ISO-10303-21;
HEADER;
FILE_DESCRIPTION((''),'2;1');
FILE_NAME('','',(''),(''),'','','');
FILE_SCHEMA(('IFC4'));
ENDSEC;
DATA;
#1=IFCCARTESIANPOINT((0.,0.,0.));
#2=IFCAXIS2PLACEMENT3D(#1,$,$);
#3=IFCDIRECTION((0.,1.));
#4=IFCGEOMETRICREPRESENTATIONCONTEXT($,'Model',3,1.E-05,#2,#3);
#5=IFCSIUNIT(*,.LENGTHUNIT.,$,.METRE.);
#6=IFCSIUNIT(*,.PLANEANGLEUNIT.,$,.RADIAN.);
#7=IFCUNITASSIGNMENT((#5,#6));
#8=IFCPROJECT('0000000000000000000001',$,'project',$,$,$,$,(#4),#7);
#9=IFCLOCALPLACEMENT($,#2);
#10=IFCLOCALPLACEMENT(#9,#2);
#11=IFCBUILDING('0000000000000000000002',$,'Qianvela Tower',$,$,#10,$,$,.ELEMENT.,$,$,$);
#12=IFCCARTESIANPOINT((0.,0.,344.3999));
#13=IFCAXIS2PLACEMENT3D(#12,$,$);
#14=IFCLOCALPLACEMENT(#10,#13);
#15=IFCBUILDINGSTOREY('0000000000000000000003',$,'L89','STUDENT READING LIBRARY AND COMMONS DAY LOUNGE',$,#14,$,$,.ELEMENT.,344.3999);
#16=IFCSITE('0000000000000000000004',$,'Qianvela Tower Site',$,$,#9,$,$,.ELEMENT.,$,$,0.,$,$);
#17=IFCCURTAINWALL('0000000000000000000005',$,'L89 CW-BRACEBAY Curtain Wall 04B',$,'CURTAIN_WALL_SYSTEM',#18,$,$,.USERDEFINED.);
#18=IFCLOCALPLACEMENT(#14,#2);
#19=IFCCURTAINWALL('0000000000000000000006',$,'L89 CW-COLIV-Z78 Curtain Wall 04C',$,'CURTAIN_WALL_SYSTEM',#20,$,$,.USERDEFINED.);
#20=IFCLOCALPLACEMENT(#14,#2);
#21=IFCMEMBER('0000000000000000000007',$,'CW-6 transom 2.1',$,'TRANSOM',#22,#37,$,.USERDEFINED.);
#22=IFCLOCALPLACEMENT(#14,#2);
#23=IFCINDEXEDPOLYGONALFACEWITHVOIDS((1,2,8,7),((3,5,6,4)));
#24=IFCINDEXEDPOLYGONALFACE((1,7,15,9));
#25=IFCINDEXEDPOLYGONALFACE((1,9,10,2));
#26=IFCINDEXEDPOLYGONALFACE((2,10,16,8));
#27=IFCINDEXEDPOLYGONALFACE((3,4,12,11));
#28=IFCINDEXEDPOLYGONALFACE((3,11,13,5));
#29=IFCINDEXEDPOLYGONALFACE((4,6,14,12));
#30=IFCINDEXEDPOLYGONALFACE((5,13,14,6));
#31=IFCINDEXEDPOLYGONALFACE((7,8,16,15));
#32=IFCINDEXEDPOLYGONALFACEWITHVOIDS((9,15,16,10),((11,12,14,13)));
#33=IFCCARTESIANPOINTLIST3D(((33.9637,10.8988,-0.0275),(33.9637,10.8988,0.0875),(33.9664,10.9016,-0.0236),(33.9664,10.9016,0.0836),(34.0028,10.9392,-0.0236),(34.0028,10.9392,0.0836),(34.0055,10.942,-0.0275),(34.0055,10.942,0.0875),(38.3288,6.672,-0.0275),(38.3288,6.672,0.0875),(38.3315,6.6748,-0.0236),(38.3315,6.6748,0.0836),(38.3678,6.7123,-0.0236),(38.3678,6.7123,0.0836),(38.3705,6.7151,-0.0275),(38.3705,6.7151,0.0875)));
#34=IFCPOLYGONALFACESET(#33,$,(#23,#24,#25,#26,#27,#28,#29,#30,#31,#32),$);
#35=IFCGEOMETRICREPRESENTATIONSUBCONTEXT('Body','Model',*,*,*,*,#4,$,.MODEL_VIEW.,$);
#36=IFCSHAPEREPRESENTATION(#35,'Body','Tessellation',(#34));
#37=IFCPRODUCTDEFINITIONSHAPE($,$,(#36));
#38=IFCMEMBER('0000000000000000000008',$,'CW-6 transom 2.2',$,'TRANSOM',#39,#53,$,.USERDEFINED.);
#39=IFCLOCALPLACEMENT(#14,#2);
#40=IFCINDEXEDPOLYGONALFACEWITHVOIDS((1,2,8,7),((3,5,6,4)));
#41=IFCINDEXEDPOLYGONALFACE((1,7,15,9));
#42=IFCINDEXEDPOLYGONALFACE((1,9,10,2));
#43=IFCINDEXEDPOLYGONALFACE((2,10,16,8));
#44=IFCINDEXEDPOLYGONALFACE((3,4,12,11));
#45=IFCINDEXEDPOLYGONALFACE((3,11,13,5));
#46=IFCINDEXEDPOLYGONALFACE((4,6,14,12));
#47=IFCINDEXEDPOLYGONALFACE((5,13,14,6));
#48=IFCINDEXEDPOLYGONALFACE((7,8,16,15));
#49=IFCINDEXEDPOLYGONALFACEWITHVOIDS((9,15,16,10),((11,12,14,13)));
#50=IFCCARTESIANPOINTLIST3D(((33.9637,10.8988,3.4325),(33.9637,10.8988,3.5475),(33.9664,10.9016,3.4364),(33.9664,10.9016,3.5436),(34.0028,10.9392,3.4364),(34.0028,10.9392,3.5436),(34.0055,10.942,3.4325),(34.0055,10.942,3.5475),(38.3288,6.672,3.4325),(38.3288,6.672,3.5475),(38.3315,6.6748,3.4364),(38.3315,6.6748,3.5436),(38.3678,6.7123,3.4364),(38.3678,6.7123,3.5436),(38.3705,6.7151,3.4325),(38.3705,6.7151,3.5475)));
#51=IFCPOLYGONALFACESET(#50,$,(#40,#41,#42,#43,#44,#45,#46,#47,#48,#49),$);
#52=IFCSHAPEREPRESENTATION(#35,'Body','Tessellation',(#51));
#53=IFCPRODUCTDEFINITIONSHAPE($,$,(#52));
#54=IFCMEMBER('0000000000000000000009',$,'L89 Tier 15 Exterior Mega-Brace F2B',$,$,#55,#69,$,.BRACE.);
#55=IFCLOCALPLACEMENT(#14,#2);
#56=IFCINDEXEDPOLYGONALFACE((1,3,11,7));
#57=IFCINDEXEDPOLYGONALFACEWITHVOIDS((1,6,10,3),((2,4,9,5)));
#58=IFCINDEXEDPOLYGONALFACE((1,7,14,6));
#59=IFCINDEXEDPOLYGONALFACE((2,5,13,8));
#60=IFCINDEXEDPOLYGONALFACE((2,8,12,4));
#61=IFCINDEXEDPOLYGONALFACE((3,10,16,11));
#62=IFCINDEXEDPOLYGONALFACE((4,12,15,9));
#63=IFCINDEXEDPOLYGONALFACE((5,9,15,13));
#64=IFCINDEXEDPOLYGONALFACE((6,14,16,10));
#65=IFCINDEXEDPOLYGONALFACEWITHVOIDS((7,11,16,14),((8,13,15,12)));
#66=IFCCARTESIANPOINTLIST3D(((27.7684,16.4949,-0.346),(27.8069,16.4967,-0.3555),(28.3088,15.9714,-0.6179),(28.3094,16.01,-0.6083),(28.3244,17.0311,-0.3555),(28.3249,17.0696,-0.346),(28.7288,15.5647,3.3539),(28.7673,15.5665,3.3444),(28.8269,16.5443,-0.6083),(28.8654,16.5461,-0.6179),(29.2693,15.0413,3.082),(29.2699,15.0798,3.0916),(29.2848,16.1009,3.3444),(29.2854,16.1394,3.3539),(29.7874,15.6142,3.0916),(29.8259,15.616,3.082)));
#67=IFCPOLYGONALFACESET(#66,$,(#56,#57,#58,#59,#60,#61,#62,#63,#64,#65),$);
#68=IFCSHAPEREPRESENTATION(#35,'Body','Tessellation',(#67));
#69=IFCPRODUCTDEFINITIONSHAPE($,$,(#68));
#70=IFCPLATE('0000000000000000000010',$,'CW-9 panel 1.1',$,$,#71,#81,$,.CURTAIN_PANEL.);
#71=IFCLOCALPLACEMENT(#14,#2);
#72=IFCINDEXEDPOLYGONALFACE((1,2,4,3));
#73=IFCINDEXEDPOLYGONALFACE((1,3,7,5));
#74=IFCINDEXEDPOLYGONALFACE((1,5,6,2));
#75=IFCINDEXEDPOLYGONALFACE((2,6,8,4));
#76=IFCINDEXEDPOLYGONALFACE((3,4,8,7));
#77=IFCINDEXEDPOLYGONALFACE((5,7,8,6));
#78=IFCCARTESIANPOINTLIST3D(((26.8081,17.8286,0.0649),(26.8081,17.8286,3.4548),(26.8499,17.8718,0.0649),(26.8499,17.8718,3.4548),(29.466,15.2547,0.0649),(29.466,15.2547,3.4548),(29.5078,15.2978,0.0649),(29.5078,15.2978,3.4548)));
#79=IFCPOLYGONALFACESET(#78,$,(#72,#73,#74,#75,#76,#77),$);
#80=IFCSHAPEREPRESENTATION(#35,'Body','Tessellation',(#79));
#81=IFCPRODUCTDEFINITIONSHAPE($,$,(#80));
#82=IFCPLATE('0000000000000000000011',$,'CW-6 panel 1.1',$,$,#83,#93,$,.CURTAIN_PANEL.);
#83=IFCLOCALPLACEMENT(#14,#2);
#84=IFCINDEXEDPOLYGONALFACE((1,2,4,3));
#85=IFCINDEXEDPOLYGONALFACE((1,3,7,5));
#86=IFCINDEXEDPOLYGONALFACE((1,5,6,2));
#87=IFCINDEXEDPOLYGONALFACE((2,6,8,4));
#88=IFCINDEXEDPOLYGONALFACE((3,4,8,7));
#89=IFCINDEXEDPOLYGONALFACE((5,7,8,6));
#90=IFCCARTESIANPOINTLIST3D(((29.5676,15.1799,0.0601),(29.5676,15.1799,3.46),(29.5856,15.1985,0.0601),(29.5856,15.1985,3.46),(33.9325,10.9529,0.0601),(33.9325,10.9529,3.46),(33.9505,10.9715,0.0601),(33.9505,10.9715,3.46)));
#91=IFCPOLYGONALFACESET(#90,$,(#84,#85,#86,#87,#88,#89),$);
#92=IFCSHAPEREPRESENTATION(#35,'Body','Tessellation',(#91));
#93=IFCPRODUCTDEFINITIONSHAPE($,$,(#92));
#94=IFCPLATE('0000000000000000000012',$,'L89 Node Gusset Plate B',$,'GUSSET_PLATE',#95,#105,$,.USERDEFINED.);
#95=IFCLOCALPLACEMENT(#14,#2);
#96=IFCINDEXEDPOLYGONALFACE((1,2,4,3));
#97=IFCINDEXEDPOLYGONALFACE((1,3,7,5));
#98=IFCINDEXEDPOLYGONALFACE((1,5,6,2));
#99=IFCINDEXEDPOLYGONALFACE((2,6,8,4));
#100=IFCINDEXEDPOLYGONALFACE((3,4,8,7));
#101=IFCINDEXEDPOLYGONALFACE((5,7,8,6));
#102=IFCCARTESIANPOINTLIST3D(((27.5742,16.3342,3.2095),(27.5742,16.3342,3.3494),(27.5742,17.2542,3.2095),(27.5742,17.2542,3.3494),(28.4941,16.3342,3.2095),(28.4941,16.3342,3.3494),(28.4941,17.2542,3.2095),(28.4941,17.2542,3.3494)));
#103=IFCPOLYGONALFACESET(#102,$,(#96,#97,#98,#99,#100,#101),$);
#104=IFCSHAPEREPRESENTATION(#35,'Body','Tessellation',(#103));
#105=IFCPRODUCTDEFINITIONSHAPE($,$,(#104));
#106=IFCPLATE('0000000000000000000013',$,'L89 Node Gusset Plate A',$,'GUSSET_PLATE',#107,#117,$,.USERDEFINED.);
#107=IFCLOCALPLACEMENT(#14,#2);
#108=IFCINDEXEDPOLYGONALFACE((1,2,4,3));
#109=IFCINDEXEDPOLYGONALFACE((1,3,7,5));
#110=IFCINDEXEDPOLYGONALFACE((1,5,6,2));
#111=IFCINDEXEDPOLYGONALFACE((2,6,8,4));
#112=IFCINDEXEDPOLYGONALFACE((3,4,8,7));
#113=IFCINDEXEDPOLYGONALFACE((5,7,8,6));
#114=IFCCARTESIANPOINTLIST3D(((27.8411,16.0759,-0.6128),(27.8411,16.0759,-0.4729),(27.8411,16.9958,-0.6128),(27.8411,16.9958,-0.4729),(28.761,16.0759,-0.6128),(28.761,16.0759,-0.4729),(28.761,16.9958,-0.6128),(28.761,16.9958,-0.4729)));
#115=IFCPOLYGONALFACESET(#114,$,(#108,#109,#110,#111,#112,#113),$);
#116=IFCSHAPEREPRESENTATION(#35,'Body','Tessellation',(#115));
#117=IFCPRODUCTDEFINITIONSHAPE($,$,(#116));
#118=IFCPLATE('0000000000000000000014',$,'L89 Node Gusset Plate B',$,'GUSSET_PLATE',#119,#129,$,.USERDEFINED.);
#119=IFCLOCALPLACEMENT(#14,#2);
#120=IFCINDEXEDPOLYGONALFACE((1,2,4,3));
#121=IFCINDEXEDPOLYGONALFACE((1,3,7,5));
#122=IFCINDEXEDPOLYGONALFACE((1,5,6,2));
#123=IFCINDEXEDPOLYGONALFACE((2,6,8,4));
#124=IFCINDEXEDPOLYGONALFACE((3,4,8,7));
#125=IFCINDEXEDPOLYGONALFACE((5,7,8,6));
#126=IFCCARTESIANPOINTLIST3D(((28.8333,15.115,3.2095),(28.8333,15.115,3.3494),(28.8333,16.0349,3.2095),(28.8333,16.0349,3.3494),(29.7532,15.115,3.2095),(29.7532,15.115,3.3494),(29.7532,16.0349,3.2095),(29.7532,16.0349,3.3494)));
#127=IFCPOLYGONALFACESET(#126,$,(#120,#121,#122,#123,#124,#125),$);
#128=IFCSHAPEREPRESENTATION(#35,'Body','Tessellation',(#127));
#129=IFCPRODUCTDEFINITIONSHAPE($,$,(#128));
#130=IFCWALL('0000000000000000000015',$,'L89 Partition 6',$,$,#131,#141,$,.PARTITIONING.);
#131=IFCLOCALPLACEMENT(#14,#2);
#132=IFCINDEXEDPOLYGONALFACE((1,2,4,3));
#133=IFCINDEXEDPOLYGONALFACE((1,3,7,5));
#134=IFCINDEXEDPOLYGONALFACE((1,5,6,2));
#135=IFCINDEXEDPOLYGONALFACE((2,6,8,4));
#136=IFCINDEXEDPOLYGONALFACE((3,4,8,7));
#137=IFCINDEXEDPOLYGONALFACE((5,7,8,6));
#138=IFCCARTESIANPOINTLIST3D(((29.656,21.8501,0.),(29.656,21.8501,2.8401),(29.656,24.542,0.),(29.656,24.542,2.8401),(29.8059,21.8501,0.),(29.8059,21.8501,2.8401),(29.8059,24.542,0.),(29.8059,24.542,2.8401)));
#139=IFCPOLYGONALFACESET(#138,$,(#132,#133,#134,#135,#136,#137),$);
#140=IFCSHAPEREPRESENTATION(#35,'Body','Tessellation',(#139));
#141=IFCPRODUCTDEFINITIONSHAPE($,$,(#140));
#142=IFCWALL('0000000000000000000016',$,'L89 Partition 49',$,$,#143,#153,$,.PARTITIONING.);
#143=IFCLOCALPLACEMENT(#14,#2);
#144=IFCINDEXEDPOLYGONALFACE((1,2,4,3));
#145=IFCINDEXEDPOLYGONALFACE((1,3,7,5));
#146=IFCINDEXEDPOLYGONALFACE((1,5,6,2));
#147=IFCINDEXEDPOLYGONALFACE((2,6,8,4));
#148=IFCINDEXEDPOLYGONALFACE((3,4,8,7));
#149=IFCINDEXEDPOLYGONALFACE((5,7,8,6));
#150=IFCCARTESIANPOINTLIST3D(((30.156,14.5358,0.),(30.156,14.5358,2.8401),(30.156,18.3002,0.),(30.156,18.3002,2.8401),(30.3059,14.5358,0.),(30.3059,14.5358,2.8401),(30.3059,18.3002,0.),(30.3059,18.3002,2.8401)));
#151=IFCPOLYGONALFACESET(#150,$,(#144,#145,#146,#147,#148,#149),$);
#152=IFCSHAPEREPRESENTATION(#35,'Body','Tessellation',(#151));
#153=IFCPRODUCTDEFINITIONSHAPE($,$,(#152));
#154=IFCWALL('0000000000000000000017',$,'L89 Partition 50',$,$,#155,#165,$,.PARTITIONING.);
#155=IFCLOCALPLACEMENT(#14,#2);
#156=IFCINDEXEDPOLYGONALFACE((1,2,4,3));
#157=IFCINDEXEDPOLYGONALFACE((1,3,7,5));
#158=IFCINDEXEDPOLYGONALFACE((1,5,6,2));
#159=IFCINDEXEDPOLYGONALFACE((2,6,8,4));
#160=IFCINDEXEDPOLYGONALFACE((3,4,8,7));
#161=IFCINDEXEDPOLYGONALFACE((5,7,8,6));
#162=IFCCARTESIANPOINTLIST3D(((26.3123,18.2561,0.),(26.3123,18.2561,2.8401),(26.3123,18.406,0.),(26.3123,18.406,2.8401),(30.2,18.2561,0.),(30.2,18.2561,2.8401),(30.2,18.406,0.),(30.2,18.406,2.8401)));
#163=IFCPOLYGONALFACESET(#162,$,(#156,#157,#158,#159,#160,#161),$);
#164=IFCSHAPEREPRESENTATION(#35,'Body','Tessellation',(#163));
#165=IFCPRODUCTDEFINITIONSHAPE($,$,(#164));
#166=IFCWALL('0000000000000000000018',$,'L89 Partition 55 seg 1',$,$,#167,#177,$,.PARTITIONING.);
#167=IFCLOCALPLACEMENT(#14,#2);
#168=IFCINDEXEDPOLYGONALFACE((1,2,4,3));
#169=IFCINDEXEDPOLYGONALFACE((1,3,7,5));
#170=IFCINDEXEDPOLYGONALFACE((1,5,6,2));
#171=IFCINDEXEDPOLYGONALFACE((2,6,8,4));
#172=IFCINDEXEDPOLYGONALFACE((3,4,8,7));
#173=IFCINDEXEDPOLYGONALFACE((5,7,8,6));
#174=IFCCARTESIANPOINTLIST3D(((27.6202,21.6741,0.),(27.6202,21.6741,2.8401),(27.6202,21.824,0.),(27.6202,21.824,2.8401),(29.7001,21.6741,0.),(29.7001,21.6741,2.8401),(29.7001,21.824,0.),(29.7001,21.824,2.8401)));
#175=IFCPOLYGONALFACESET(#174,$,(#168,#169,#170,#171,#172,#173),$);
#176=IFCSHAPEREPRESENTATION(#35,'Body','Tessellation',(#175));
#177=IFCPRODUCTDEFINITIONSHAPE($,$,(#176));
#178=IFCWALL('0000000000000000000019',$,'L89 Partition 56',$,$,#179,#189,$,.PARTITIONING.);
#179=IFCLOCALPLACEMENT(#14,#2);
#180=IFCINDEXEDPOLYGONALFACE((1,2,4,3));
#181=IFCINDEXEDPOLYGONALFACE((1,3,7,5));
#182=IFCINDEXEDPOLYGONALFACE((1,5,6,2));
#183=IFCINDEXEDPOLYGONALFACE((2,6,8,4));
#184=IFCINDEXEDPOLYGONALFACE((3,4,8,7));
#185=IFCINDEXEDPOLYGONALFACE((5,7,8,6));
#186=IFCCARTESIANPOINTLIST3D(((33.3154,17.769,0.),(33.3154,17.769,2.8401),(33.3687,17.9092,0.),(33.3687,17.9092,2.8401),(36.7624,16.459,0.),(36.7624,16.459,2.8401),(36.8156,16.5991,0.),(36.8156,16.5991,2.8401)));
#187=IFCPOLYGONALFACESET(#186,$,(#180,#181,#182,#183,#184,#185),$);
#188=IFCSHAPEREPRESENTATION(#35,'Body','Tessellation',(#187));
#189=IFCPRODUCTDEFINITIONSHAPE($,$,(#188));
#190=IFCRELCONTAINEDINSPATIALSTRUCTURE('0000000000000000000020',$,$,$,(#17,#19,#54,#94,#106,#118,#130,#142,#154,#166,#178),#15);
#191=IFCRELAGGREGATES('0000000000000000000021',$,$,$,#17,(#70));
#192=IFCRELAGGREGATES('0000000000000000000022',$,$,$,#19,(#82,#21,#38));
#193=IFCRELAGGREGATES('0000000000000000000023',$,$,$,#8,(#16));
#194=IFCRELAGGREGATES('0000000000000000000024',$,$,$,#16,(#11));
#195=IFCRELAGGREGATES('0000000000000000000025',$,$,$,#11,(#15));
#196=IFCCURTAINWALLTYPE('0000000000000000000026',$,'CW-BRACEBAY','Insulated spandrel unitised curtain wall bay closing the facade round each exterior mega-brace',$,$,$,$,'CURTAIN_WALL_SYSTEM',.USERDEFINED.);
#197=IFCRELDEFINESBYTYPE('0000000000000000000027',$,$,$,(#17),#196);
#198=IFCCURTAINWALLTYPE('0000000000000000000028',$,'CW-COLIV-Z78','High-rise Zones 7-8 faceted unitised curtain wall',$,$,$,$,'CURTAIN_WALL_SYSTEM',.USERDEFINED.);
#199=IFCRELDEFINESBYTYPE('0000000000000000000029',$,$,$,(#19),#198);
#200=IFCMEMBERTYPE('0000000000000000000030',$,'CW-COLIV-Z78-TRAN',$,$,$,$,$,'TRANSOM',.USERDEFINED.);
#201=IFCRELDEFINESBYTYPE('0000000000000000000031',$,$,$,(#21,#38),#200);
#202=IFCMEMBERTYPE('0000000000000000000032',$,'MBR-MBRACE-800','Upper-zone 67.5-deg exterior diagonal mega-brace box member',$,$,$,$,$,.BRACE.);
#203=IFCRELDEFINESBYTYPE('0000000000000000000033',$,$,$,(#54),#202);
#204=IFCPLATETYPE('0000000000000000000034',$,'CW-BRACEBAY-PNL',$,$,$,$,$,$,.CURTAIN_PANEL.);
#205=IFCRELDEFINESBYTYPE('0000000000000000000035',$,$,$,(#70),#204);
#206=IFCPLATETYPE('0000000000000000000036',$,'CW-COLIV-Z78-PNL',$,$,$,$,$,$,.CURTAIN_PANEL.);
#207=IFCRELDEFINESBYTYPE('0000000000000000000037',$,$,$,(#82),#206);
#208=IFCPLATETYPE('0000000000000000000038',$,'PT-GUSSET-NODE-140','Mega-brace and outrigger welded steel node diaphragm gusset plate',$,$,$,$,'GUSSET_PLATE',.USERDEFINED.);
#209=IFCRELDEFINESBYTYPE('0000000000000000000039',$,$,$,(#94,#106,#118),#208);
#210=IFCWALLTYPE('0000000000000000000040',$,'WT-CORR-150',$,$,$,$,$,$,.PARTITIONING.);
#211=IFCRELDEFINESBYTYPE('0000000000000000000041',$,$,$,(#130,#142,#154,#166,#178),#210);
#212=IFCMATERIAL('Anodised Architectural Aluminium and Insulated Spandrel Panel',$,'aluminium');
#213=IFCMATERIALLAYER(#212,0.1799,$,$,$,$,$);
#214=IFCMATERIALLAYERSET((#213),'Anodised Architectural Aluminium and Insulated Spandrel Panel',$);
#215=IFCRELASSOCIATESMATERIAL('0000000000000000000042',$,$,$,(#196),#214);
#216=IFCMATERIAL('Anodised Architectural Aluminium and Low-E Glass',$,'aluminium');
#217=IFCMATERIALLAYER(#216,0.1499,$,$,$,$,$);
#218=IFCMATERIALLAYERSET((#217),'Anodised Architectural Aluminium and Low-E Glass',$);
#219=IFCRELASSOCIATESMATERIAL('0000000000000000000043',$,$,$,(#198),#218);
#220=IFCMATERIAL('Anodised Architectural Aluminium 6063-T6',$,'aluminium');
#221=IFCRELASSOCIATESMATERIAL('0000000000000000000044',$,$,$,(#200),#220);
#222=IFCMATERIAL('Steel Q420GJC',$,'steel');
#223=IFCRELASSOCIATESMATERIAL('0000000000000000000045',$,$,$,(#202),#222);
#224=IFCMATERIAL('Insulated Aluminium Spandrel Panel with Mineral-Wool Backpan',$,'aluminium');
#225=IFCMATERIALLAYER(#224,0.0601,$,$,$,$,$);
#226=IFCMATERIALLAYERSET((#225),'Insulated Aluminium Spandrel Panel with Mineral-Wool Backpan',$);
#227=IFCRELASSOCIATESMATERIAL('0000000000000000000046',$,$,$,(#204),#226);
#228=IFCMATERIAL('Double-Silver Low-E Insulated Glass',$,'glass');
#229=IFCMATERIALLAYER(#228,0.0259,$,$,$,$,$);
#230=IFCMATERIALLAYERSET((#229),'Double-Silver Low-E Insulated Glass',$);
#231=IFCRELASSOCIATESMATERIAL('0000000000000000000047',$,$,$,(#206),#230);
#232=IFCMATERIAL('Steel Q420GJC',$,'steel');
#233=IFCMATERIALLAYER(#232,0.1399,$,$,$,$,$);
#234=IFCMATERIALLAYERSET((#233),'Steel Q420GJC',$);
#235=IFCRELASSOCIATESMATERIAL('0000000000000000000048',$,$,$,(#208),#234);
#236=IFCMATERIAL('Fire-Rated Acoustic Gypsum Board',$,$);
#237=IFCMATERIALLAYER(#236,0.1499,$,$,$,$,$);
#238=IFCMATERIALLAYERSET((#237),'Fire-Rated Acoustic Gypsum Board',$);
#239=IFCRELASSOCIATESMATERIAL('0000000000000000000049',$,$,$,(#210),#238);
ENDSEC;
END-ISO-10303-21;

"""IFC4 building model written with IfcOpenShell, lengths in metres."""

from ifc_helpers import new_model, si_unit, direction, frame, frame_2d, origin, origin_2d, place, context, subcontext, project, spatial, rectangle, hollow_rectangle, extrude, material, layer, layer_set, material_profile, profile_set, type_object, element, aggregate, save


model = new_model("IFC4")

# Units and contexts
model_context = context("Model", 3, precision=1e-05, world=origin(), true_north=direction((0.0, 1.0)))
body_context = subcontext(model_context, "Body", "Model", "MODEL_VIEW")
ifc_project = project(units=[si_unit("LENGTHUNIT", "METRE"), si_unit("PLANEANGLEUNIT", "RADIAN")], contexts=[model_context])

# Site, building, storey
site_placement = place(None, origin())
site = spatial("IfcSite", under=ifc_project, at=site_placement, Name="Qianvela Tower Site", CompositionType="ELEMENT", RefElevation=0.0)
building_placement = place(site_placement, origin())
building = spatial("IfcBuilding", under=site, at=building_placement, Name="Qianvela Tower", CompositionType="ELEMENT")
storey_placement = place(building_placement, frame((0.0, 0.0, 344.3999)))
storey = spatial("IfcBuildingStorey", under=building, at=storey_placement, Name="L89", Description="STUDENT READING LIBRARY AND COMMONS DAY LOUNGE", CompositionType="ELEMENT", Elevation=344.3999)

# Curtain wall
ifc_material_1 = material(Name="Anodised Architectural Aluminium and Insulated Spandrel Panel", Category="aluminium")
ifc_layer_1 = layer(ifc_material_1, 0.1799)
ifc_layer_set_1 = layer_set([ifc_layer_1], Name="Anodised Architectural Aluminium and Insulated Spandrel Panel")
curtain_wall_type_1 = type_object("IfcCurtainWallType", Name="CW-BRACEBAY", Description="Insulated spandrel unitised curtain wall bay closing the facade round each exterior mega-brace", ElementType="CURTAIN_WALL_SYSTEM", PredefinedType="USERDEFINED", material=ifc_layer_set_1)
curtain_wall_1_placement = place(storey_placement, origin())
curtain_wall_1 = element("IfcCurtainWall", 1, at=curtain_wall_1_placement, inside=storey, type_object=curtain_wall_type_1, Name="L89 CW-BRACEBAY Curtain Wall 04B", ObjectType="CURTAIN_WALL_SYSTEM", PredefinedType="USERDEFINED")

# Curtain wall, members
ifc_material_2 = material(Name="Anodised Architectural Aluminium and Low-E Glass", Category="aluminium")
ifc_layer_2 = layer(ifc_material_2, 0.1499)
ifc_layer_set_2 = layer_set([ifc_layer_2], Name="Anodised Architectural Aluminium and Low-E Glass")
curtain_wall_type_2 = type_object("IfcCurtainWallType", Name="CW-COLIV-Z78", Description="High-rise Zones 7-8 faceted unitised curtain wall", ElementType="CURTAIN_WALL_SYSTEM", PredefinedType="USERDEFINED", material=ifc_layer_set_2)
curtain_wall_2_placement = place(storey_placement, origin())
curtain_wall_2 = element("IfcCurtainWall", 2, at=curtain_wall_2_placement, inside=storey, type_object=curtain_wall_type_2, Name="L89 CW-COLIV-Z78 Curtain Wall 04C", ObjectType="CURTAIN_WALL_SYSTEM", PredefinedType="USERDEFINED")
ifc_material_3 = material(Name="Anodised Architectural Aluminium 6063-T6", Category="aluminium")
ifc_material_profile_1 = material_profile(ifc_material_3, hollow_rectangle(XDim=0.0601, YDim=0.115, WallThickness=0.0039, at=origin_2d()), Name="ALU-TRAN-60x115")
ifc_profile_set_1 = profile_set([ifc_material_profile_1], Name="Anodised Architectural Aluminium 6063-T6")
member_type_1 = type_object("IfcMemberType", Name="CW-COLIV-Z78-TRAN", ElementType="TRANSOM", PredefinedType="USERDEFINED", material=ifc_profile_set_1)
member_1_placement = place(storey_placement, frame((33.9846, 10.9204, 0.03), z_axis=(0.718386, -0.695644, 0.0), x_axis=(0.695644, 0.718386, 0.0)))
member_1 = element("IfcMember", 3, at=member_1_placement, type_object=member_type_1, Name="CW-6 transom 2.1", ObjectType="TRANSOM", PredefinedType="USERDEFINED", context=body_context, shape_type="SweptSolid", body=[
    extrude(hollow_rectangle(XDim=0.0601, YDim=0.115, WallThickness=0.0039, at=origin_2d()), origin(), (0.0, 0.0, 1.0), 6.0762),
])
member_2_placement = place(storey_placement, frame((33.9846, 10.9204, 3.49), z_axis=(0.718386, -0.695644, 0.0), x_axis=(0.695644, 0.718386, 0.0)))
member_2 = element("IfcMember", 4, at=member_2_placement, type_object=member_type_1, Name="CW-6 transom 2.2", ObjectType="TRANSOM", PredefinedType="USERDEFINED", context=body_context, shape_type="SweptSolid", body=[
    extrude(hollow_rectangle(XDim=0.0601, YDim=0.115, WallThickness=0.0039, at=origin_2d()), origin(), (0.0, 0.0, 1.0), 6.0762),
])

# Member
ifc_material_4 = material(Name="Steel Q420GJC", Category="steel")
ifc_material_profile_2 = material_profile(ifc_material_4, hollow_rectangle(XDim=0.8, YDim=0.8, WallThickness=0.0281, at=origin_2d()), Name="MBOX-800x800x28")
ifc_profile_set_2 = profile_set([ifc_material_profile_2], Name="Steel Q420GJC")
member_type_2 = type_object("IfcMemberType", Name="MBR-MBRACE-800", Description="Upper-zone 67.5-deg exterior diagonal mega-brace box member", PredefinedType="BRACE", material=ifc_profile_set_2)
member_3_placement = place(storey_placement, frame((28.3169, 16.5205, -0.4819), z_axis=(0.244133, -0.236438, 0.940477), x_axis=(0.695695, 0.718337, 0.0)))
element("IfcMember", 5, at=member_3_placement, inside=storey, type_object=member_type_2, Name="L89 Tier 15 Exterior Mega-Brace F2B", PredefinedType="BRACE", context=body_context, shape_type="SweptSolid", body=[
    extrude(hollow_rectangle(XDim=0.8, YDim=0.8, WallThickness=0.0281, at=origin_2d()), origin(), (0.0, 0.0, 1.0), 3.9341),
])

# Plates
ifc_material_5 = material(Name="Insulated Aluminium Spandrel Panel with Mineral-Wool Backpan", Category="aluminium")
ifc_layer_3 = layer(ifc_material_5, 0.0601)
ifc_layer_set_3 = layer_set([ifc_layer_3], Name="Insulated Aluminium Spandrel Panel with Mineral-Wool Backpan")
plate_type_1 = type_object("IfcPlateType", Name="CW-BRACEBAY-PNL", PredefinedType="CURTAIN_PANEL", material=ifc_layer_set_3)
plate_1_placement = place(storey_placement, frame((28.158, 16.5632, 0.0649), z_axis=(0.0, 0.0, 1.0), x_axis=(0.718361, -0.695671, 0.0)))
plate_1 = element("IfcPlate", 6, at=plate_1_placement, type_object=plate_type_1, Name="CW-9 panel 1.1", PredefinedType="CURTAIN_PANEL", context=body_context, shape_type="SweptSolid", body=[
    extrude(rectangle(XDim=3.7, YDim=0.0601, at=origin_2d()), origin(), (0.0, 0.0, 1.0), 3.3899),
])
aggregate(curtain_wall_1, [plate_1])
ifc_material_6 = material(Name="Double-Silver Low-E Insulated Glass", Category="glass")
ifc_layer_4 = layer(ifc_material_6, 0.0259)
ifc_layer_set_4 = layer_set([ifc_layer_4], Name="Double-Silver Low-E Insulated Glass")
plate_type_2 = type_object("IfcPlateType", Name="CW-COLIV-Z78-PNL", PredefinedType="CURTAIN_PANEL", material=ifc_layer_set_4)
plate_2_placement = place(storey_placement, frame((31.759, 13.0757, 0.0601), z_axis=(0.0, 0.0, 1.0), x_axis=(0.718372, -0.695659, 0.0)))
plate_2 = element("IfcPlate", 7, at=plate_2_placement, type_object=plate_type_2, Name="CW-6 panel 1.1", PredefinedType="CURTAIN_PANEL", context=body_context, shape_type="SweptSolid", body=[
    extrude(rectangle(XDim=6.0762, YDim=0.0259, at=origin_2d()), origin(), (0.0, 0.0, 1.0), 3.3999),
])
aggregate(curtain_wall_2, [plate_2, member_1, member_2])

# Plates
ifc_material_7 = material(Name="Steel Q420GJC", Category="steel")
ifc_layer_5 = layer(ifc_material_7, 0.1399)
ifc_layer_set_5 = layer_set([ifc_layer_5], Name="Steel Q420GJC")
plate_type_3 = type_object("IfcPlateType", Name="PT-GUSSET-NODE-140", Description="Mega-brace and outrigger welded steel node diaphragm gusset plate", ElementType="GUSSET_PLATE", PredefinedType="USERDEFINED", material=ifc_layer_set_5)
for number, where, z_axis, x_axis, name in (
    (8, (28.0342, 16.7942, 3.2095), (0.0, 0.0, 1.0), (1.0, 0.0, 0.0), "L89 Node Gusset Plate B"),
    (9, (28.301, 16.5359, -0.6128), (0.0, 0.0, 1.0), (1.0, 0.0, 0.0), "L89 Node Gusset Plate A"),
    (10, (29.2932, 15.575, 3.2095), (0.0, 0.0, 1.0), (1.0, 0.0, 0.0), "L89 Node Gusset Plate B"),
):
    element("IfcPlate", number, at=place(storey_placement, frame(where, z_axis=z_axis, x_axis=x_axis)), inside=storey, type_object=plate_type_3, Name=name, ObjectType="GUSSET_PLATE", PredefinedType="USERDEFINED", context=body_context, shape_type="SweptSolid", body=[
        extrude(rectangle(XDim=0.9199, YDim=0.9199, at=origin_2d()), origin(), (0.0, 0.0, 1.0), 0.1399),
    ])

# Shared definitions
ifc_material_8 = material(Name="Fire-Rated Acoustic Gypsum Board")
ifc_layer_6 = layer(ifc_material_8, 0.1499)
ifc_layer_set_6 = layer_set([ifc_layer_6], Name="Fire-Rated Acoustic Gypsum Board")
wall_type_1 = type_object("IfcWallType", Name="WT-CORR-150", PredefinedType="PARTITIONING", material=ifc_layer_set_6)

# Walls
wall_1_placement = place(storey_placement, frame((29.731, 21.8501, 0.0), z_axis=(0.0, 0.0, 1.0), x_axis=(0.0, 1.0, 0.0)))
element("IfcWall", 11, at=wall_1_placement, inside=storey, type_object=wall_type_1, Name="L89 Partition 6", PredefinedType="PARTITIONING", context=body_context, shape_type="SweptSolid", body=[
    extrude(rectangle(XDim=2.6919, YDim=0.1499, at=frame_2d((1.3459, 0.0))), origin(), (0.0, 0.0, 1.0), 2.8401),
])
wall_2_placement = place(storey_placement, frame((30.231, 14.5356, 0.0), z_axis=(0.0, 0.0, 1.0), x_axis=(0.0, 1.0, 0.0)))
element("IfcWall", 12, at=wall_2_placement, inside=storey, type_object=wall_type_1, Name="L89 Partition 49", PredefinedType="PARTITIONING", context=body_context, shape_type="SweptSolid", body=[
    extrude(rectangle(XDim=3.7644, YDim=0.1499, at=frame_2d((1.8823, 0.0))), origin(), (0.0, 0.0, 1.0), 2.8401),
])
wall_3_placement = place(storey_placement, frame((30.2, 18.3311, 0.0), z_axis=(0.0, 0.0, 1.0), x_axis=(-1.0, 0.0, 0.0)))
element("IfcWall", 13, at=wall_3_placement, inside=storey, type_object=wall_type_1, Name="L89 Partition 50", PredefinedType="PARTITIONING", context=body_context, shape_type="SweptSolid", body=[
    extrude(rectangle(XDim=3.8877, YDim=0.1499, at=frame_2d((1.9438, 0.0))), origin(), (0.0, 0.0, 1.0), 2.8401),
])
wall_4_placement = place(storey_placement, frame((27.6201, 21.749, 0.0), z_axis=(0.0, 0.0, 1.0), x_axis=(1.0, 0.0, 0.0)))
element("IfcWall", 14, at=wall_4_placement, inside=storey, type_object=wall_type_1, Name="L89 Partition 55 seg 1", PredefinedType="PARTITIONING", context=body_context, shape_type="SweptSolid", body=[
    extrude(rectangle(XDim=2.0798, YDim=0.1499, at=frame_2d((1.04, 0.0))), origin(), (0.0, 0.0, 1.0), 2.8401),
])
wall_5_placement = place(storey_placement, frame((33.342, 17.8391, 0.0), z_axis=(0.0, 0.0, 1.0), x_axis=(0.934766, -0.355263, 0.0)))
element("IfcWall", 15, at=wall_5_placement, inside=storey, type_object=wall_type_1, Name="L89 Partition 56", PredefinedType="PARTITIONING", context=body_context, shape_type="SweptSolid", body=[
    extrude(rectangle(XDim=3.6875, YDim=0.1499, at=frame_2d((1.8438, 0.0))), origin(), (0.0, 0.0, 1.0), 2.8401),
])

save(model, "model.ifc")
